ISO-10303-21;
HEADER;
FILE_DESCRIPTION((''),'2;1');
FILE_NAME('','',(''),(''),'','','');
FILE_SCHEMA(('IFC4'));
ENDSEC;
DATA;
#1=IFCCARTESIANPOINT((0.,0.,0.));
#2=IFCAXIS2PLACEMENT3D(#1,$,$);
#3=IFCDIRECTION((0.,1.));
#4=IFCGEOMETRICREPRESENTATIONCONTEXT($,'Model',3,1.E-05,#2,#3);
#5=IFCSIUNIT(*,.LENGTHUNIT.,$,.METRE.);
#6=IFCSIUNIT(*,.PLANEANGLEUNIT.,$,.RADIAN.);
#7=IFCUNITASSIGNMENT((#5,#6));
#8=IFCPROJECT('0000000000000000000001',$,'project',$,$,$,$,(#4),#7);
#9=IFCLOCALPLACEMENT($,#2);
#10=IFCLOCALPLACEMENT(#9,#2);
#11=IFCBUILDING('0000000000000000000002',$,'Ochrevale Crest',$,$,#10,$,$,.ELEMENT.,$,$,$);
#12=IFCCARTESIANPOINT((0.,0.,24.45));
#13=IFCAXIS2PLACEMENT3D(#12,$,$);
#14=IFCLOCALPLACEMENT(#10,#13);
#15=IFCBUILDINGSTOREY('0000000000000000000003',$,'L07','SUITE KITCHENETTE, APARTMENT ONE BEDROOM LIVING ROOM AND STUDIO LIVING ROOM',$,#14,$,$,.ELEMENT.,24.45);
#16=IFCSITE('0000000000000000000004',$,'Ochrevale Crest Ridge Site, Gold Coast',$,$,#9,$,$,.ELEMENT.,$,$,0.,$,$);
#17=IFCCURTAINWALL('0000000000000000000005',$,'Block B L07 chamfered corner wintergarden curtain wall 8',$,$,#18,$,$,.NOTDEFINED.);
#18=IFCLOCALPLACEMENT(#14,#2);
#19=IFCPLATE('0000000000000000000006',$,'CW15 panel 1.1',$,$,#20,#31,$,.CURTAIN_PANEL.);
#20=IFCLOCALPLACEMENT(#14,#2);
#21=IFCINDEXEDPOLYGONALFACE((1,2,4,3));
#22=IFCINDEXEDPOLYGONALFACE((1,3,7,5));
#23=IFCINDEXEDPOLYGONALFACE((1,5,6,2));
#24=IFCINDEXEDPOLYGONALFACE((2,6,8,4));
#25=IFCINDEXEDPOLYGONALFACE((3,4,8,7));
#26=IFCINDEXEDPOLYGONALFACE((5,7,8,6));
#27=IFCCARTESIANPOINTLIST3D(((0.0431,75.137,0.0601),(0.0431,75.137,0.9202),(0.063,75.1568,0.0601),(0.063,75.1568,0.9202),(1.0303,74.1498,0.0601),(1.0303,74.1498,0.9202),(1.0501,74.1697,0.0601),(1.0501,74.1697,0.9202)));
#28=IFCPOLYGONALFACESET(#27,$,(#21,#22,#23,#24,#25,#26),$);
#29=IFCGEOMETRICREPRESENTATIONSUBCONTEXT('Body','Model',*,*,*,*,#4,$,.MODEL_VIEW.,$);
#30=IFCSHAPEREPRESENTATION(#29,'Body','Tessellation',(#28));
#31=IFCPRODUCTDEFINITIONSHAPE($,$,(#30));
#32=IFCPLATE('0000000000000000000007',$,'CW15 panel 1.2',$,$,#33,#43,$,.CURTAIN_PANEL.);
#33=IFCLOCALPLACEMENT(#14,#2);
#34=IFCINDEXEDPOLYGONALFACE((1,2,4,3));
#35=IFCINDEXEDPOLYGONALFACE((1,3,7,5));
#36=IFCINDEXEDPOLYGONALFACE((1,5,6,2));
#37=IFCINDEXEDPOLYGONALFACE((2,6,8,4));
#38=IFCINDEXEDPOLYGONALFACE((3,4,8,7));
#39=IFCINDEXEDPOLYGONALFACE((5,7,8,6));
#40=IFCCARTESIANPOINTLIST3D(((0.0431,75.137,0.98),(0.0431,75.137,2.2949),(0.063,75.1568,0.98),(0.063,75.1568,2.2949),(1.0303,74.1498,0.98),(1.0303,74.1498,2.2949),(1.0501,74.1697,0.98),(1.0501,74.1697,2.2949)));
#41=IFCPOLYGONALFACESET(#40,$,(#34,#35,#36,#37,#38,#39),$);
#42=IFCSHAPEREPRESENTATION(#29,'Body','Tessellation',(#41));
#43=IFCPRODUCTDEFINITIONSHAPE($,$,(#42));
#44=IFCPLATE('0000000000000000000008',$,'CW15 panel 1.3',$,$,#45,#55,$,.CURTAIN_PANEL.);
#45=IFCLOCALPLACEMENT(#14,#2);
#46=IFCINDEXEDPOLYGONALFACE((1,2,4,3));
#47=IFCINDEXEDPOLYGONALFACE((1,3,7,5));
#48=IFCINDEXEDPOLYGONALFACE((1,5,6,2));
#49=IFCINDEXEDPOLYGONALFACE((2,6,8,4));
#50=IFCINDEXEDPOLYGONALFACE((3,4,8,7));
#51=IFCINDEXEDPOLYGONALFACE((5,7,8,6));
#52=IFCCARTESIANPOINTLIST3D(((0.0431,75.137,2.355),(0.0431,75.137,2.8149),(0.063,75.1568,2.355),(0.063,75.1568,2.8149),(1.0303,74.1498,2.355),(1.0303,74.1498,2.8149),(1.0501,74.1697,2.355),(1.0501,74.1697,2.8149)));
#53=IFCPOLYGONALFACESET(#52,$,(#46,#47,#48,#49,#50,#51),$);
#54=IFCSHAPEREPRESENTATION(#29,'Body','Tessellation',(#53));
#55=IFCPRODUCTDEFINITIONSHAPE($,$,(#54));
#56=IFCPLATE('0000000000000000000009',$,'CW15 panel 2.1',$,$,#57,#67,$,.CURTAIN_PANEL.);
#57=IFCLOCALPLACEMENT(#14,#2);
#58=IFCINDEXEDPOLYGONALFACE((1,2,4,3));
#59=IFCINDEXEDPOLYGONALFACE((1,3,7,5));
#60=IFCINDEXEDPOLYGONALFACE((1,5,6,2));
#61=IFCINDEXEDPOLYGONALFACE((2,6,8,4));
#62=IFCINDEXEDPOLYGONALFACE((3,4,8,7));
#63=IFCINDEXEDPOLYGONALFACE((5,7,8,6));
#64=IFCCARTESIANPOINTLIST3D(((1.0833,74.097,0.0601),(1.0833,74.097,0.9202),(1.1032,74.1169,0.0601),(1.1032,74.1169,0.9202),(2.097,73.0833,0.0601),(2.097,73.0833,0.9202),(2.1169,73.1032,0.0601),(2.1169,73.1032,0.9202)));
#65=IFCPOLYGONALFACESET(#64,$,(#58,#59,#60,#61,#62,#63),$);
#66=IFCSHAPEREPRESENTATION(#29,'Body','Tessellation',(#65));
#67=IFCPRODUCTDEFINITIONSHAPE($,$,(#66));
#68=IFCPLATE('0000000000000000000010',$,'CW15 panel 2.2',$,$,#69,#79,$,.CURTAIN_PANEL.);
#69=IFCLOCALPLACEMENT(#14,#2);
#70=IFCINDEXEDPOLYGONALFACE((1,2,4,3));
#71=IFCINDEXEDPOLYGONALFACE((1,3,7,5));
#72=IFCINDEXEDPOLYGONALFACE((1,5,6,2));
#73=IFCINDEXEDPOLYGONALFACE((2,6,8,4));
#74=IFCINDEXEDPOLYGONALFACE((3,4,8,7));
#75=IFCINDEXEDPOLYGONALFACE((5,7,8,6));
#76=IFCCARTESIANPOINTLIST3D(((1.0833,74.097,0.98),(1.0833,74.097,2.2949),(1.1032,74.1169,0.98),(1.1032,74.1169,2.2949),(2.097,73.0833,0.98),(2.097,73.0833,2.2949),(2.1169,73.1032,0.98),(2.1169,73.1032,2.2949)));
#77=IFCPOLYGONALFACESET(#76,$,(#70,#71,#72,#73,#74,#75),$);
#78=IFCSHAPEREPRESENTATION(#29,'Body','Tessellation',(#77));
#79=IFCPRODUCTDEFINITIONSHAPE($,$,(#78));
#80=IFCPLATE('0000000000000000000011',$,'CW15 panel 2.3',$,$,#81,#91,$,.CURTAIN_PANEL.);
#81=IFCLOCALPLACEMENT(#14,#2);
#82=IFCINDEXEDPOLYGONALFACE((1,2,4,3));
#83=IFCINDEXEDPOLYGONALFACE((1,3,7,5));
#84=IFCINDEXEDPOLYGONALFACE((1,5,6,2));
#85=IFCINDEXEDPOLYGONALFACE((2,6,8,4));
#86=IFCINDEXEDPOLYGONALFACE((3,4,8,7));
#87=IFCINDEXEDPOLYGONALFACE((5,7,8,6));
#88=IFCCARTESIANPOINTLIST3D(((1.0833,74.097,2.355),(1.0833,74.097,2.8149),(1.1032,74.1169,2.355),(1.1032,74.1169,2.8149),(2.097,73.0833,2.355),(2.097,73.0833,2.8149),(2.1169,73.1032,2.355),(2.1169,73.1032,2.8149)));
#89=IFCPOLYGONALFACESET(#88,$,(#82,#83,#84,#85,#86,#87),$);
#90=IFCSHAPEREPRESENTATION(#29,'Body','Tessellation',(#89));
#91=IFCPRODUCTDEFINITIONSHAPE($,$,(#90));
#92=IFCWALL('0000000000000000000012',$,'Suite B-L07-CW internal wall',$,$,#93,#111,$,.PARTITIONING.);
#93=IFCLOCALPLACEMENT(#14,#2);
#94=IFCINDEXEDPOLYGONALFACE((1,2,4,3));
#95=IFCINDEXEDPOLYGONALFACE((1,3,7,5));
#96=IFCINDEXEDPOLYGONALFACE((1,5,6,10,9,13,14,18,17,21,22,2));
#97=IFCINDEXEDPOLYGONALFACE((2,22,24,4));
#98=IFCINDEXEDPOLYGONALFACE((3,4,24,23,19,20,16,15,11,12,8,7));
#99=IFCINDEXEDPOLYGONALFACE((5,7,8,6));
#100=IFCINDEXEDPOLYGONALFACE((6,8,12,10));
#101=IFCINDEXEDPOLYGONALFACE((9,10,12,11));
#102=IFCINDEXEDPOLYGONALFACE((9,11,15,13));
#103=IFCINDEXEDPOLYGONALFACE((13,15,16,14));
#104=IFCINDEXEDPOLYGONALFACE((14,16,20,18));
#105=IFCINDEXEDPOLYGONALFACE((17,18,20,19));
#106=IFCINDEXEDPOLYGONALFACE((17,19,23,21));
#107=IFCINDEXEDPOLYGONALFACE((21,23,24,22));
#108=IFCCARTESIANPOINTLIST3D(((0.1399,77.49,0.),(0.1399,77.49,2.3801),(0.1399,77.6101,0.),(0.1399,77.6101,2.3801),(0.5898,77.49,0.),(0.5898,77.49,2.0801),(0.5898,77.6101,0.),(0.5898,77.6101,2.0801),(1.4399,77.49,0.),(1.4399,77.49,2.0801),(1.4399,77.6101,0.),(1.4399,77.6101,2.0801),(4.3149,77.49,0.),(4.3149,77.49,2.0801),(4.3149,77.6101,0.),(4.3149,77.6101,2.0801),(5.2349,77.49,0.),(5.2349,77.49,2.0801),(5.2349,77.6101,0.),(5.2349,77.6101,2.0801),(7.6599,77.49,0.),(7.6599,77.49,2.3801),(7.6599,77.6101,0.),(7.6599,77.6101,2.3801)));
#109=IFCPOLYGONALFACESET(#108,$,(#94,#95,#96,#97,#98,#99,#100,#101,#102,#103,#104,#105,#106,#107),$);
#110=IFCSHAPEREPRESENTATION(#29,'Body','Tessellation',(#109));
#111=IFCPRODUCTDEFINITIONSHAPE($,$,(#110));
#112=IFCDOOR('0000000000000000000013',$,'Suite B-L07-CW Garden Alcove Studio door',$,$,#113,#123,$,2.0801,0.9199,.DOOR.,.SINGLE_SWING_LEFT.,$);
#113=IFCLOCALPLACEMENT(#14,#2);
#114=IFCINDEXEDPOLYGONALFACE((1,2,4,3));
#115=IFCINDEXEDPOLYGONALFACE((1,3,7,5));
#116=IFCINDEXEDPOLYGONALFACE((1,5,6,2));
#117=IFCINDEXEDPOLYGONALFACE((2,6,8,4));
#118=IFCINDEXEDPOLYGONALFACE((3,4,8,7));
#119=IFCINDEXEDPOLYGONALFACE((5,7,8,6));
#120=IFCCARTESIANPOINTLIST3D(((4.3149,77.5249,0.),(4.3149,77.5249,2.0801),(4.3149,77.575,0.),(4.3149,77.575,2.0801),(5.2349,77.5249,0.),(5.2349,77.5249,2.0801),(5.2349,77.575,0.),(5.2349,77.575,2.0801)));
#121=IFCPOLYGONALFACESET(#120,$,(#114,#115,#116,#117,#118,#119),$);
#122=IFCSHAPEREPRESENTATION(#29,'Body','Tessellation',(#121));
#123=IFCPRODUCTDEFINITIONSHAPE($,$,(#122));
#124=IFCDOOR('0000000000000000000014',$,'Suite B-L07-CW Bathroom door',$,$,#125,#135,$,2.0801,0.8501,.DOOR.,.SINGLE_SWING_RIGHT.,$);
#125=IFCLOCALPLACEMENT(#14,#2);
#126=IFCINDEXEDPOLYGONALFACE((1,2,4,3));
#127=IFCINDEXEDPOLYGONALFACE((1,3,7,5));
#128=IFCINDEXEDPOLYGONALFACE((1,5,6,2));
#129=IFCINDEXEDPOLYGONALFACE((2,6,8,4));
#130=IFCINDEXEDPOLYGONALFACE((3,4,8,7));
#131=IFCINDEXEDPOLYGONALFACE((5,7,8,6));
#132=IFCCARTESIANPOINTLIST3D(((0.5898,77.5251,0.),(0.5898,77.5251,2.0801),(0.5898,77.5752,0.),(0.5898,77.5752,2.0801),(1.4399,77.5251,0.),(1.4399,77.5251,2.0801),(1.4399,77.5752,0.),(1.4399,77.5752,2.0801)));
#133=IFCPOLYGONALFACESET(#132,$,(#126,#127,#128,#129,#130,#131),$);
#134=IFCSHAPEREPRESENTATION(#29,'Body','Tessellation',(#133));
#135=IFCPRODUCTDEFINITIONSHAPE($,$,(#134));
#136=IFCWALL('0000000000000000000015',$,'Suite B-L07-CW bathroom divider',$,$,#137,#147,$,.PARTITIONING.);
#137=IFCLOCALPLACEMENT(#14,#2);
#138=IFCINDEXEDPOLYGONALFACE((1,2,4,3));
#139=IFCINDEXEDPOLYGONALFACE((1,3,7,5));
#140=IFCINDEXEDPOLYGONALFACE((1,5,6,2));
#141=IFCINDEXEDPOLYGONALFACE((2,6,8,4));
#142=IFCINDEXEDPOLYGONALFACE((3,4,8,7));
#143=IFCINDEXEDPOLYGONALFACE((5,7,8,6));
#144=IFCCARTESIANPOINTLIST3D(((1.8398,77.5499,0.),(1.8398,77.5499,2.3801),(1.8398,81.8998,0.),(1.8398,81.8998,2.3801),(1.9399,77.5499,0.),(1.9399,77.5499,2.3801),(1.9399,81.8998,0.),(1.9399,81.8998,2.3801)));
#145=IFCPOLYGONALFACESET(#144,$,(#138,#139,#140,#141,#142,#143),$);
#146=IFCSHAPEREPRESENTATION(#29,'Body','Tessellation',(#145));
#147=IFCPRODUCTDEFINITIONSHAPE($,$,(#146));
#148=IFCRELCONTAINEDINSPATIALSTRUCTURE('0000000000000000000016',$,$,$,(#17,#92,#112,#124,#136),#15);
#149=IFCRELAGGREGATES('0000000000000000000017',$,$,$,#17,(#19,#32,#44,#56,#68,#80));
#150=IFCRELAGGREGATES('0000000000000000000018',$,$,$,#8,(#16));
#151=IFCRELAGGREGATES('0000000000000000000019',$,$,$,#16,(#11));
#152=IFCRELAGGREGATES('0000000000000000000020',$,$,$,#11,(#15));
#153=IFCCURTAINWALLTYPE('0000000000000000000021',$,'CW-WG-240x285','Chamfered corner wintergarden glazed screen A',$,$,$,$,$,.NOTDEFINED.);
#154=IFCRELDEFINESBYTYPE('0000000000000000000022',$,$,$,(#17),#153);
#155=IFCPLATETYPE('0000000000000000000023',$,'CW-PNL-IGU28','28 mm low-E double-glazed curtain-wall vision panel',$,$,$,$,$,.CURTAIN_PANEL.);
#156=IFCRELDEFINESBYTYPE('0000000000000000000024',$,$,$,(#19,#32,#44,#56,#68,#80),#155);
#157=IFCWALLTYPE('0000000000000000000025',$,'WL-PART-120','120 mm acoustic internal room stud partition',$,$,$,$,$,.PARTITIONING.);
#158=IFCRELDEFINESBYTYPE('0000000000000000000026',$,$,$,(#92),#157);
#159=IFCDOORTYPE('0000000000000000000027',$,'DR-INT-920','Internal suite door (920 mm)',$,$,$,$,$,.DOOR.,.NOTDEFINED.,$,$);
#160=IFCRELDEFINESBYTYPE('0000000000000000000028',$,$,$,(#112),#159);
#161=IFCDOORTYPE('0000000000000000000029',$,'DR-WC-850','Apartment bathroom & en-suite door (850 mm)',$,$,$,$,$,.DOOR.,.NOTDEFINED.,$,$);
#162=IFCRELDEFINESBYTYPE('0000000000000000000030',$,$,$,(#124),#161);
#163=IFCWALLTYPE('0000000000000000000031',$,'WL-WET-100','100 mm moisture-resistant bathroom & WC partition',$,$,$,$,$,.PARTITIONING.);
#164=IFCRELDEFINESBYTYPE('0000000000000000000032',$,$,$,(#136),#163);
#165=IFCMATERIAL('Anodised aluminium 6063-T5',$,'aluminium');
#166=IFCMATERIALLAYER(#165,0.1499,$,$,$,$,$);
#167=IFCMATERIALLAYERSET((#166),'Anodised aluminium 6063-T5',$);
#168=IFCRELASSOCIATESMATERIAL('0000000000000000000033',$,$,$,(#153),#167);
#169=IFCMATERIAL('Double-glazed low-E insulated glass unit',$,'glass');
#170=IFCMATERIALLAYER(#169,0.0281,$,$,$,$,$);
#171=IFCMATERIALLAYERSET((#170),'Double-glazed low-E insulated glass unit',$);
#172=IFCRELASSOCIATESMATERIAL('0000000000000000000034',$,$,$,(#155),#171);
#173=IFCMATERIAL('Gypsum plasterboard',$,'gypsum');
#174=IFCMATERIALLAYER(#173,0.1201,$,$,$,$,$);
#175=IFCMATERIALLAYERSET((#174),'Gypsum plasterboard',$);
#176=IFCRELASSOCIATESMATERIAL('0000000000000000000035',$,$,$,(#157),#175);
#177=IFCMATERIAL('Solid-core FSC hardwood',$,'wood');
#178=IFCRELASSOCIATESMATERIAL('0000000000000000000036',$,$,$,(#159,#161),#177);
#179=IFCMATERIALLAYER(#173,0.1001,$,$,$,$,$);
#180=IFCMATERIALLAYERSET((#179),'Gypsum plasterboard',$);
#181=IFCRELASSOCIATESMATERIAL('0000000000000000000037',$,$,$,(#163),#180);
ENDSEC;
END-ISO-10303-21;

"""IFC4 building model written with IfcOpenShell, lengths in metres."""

from ifc_helpers import new_model, si_unit, direction, frame, frame_2d, origin, origin_2d, place, context, subcontext, project, spatial, rectangle, extrude, material, layer, layer_set, type_object, element, fill, aggregate, save


model = new_model("IFC4")

# Units and contexts
model_context = context("Model", 3, precision=1e-05, world=origin(), true_north=direction((0.0, 1.0)))
body_context = subcontext(model_context, "Body", "Model", "MODEL_VIEW")
ifc_project = project(units=[si_unit("LENGTHUNIT", "METRE"), si_unit("PLANEANGLEUNIT", "RADIAN")], contexts=[model_context])

# Site, building, storey
site_placement = place(None, origin())
site = spatial("IfcSite", under=ifc_project, at=site_placement, Name="Ochrevale Crest Ridge Site, Gold Coast", CompositionType="ELEMENT", RefElevation=0.0)
building_placement = place(site_placement, origin())
building = spatial("IfcBuilding", under=site, at=building_placement, Name="Ochrevale Crest", CompositionType="ELEMENT")
storey_placement = place(building_placement, frame((0.0, 0.0, 24.45)))
storey = spatial("IfcBuildingStorey", under=building, at=storey_placement, Name="L07", Description="SUITE KITCHENETTE, APARTMENT ONE BEDROOM LIVING ROOM AND STUDIO LIVING ROOM", CompositionType="ELEMENT", Elevation=24.45)

# Curtain wall, plates
ifc_material_1 = material(Name="Anodised aluminium 6063-T5", Category="aluminium")
ifc_layer_1 = layer(ifc_material_1, 0.1499)
ifc_layer_set_1 = layer_set([ifc_layer_1], Name="Anodised aluminium 6063-T5")
curtain_wall_type = type_object("IfcCurtainWallType", Name="CW-WG-240x285", Description="Chamfered corner wintergarden glazed screen A", PredefinedType="NOTDEFINED", material=ifc_layer_set_1)
curtain_wall_placement = place(storey_placement, origin())
curtain_wall = element("IfcCurtainWall", 1, at=curtain_wall_placement, inside=storey, type_object=curtain_wall_type, Name="Block B L07 chamfered corner wintergarden curtain wall 8", PredefinedType="NOTDEFINED")
ifc_material_2 = material(Name="Double-glazed low-E insulated glass unit", Category="glass")
ifc_layer_2 = layer(ifc_material_2, 0.0281)
ifc_layer_set_2 = layer_set([ifc_layer_2], Name="Double-glazed low-E insulated glass unit")
plate_type = type_object("IfcPlateType", Name="CW-PNL-IGU28", Description="28 mm low-E double-glazed curtain-wall vision panel", PredefinedType="CURTAIN_PANEL", material=ifc_layer_set_2)
plate_1_placement = place(storey_placement, frame((0.5466, 74.6533, 0.0601), z_axis=(0.0, 0.0, 1.0), x_axis=(0.707107, -0.707107, 0.0)))
plate_1 = element("IfcPlate", 2, at=plate_1_placement, type_object=plate_type, Name="CW15 panel 1.1", PredefinedType="CURTAIN_PANEL", context=body_context, shape_type="SweptSolid", body=[
    extrude(rectangle(XDim=1.396, YDim=0.0281, at=origin_2d()), origin(), (0.0, 0.0, 1.0), 0.8601),
])
plate_2_placement = place(storey_placement, frame((0.5466, 74.6533, 0.98), z_axis=(0.0, 0.0, 1.0), x_axis=(0.707107, -0.707107, 0.0)))
plate_2 = element("IfcPlate", 3, at=plate_2_placement, type_object=plate_type, Name="CW15 panel 1.2", PredefinedType="CURTAIN_PANEL", context=body_context, shape_type="SweptSolid", body=[
    extrude(rectangle(XDim=1.396, YDim=0.0281, at=origin_2d()), origin(), (0.0, 0.0, 1.0), 1.3149),
])
plate_3_placement = place(storey_placement, frame((0.5466, 74.6533, 2.355), z_axis=(0.0, 0.0, 1.0), x_axis=(0.707107, -0.707107, 0.0)))
plate_3 = element("IfcPlate", 4, at=plate_3_placement, type_object=plate_type, Name="CW15 panel 1.3", PredefinedType="CURTAIN_PANEL", context=body_context, shape_type="SweptSolid", body=[
    extrude(rectangle(XDim=1.396, YDim=0.0281, at=origin_2d()), origin(), (0.0, 0.0, 1.0), 0.46),
])
plate_4_placement = place(storey_placement, frame((1.6001, 73.6001, 0.0601), z_axis=(0.0, 0.0, 1.0), x_axis=(0.707107, -0.707107, 0.0)))
plate_4 = element("IfcPlate", 5, at=plate_4_placement, type_object=plate_type, Name="CW15 panel 2.1", PredefinedType="CURTAIN_PANEL", context=body_context, shape_type="SweptSolid", body=[
    extrude(rectangle(XDim=1.4336, YDim=0.0281, at=origin_2d()), origin(), (0.0, 0.0, 1.0), 0.8601),
])
plate_5_placement = place(storey_placement, frame((1.6001, 73.6001, 0.98), z_axis=(0.0, 0.0, 1.0), x_axis=(0.707107, -0.707107, 0.0)))
plate_5 = element("IfcPlate", 6, at=plate_5_placement, type_object=plate_type, Name="CW15 panel 2.2", PredefinedType="CURTAIN_PANEL", context=body_context, shape_type="SweptSolid", body=[
    extrude(rectangle(XDim=1.4336, YDim=0.0281, at=origin_2d()), origin(), (0.0, 0.0, 1.0), 1.3149),
])
plate_6_placement = place(storey_placement, frame((1.6001, 73.6001, 2.355), z_axis=(0.0, 0.0, 1.0), x_axis=(0.707107, -0.707107, 0.0)))
plate_6 = element("IfcPlate", 7, at=plate_6_placement, type_object=plate_type, Name="CW15 panel 2.3", PredefinedType="CURTAIN_PANEL", context=body_context, shape_type="SweptSolid", body=[
    extrude(rectangle(XDim=1.4336, YDim=0.0281, at=origin_2d()), origin(), (0.0, 0.0, 1.0), 0.46),
])
aggregate(curtain_wall, [plate_1, plate_2, plate_3, plate_4, plate_5, plate_6])

# Wall, openings, doors
ifc_material_3 = material(Name="Gypsum plasterboard", Category="gypsum")
ifc_layer_3 = layer(ifc_material_3, 0.1201)
ifc_layer_set_3 = layer_set([ifc_layer_3], Name="Gypsum plasterboard")
wall_type_1 = type_object("IfcWallType", Name="WL-PART-120", Description="120 mm acoustic internal room stud partition", PredefinedType="PARTITIONING", material=ifc_layer_set_3)
wall_1_placement = place(storey_placement, frame((0.1399, 77.55, 0.0), z_axis=(0.0, 0.0, 1.0), x_axis=(1.0, 0.0, 0.0)))
wall_1 = element("IfcWall", 8, at=wall_1_placement, inside=storey, type_object=wall_type_1, Name="Suite B-L07-CW internal wall", PredefinedType="PARTITIONING", context=body_context, shape_type="SweptSolid", body=[
    extrude(rectangle(XDim=7.52, YDim=0.1201, at=frame_2d((3.76, 0.0))), origin(), (0.0, 0.0, 1.0), 2.3801),
])
opening_1_placement = place(wall_1_placement, frame((1.3, 0.0, 0.0), z_axis=(0.0, 0.0, 1.0), x_axis=(-1.0, 0.0, 0.0)))
opening_1 = element("IfcOpeningElement", 9, at=opening_1_placement, cuts=wall_1, PredefinedType="OPENING", context=body_context, shape_type="SweptSolid", body=[
    extrude(rectangle(XDim=0.8501, YDim=2.0801, at=frame_2d((0.425, 1.04))), frame((0.0, 0.0701, 0.0), z_axis=(0.0, -1.0, 0.0), x_axis=(1.0, 0.0, 0.0)), (0.0, 0.0, 1.0), 0.1401),
])
opening_2_placement = place(wall_1_placement, frame((4.175, 0.0, 0.0)))
opening_2 = element("IfcOpeningElement", 10, at=opening_2_placement, cuts=wall_1, PredefinedType="OPENING", context=body_context, shape_type="SweptSolid", body=[
    extrude(rectangle(XDim=0.9199, YDim=2.0801, at=frame_2d((0.46, 1.04))), frame((0.0, 0.0701, 0.0), z_axis=(0.0, -1.0, 0.0), x_axis=(1.0, 0.0, 0.0)), (0.0, 0.0, 1.0), 0.1401),
])
ifc_material_4 = material(Name="Solid-core FSC hardwood", Category="wood")
door_type_1 = type_object("IfcDoorType", Name="DR-INT-920", Description="Internal suite door (920 mm)", OperationType="NOTDEFINED", PredefinedType="DOOR", material=ifc_material_4)
door_1_placement = place(opening_2_placement, origin())
door_1 = element("IfcDoor", 11, at=door_1_placement, inside=storey, type_object=door_type_1, Name="Suite B-L07-CW Garden Alcove Studio door", OperationType="SINGLE_SWING_LEFT", OverallHeight=2.0801, OverallWidth=0.9199, PredefinedType="DOOR", context=body_context, shape_type="SweptSolid", body=[
    extrude(rectangle(XDim=0.9199, YDim=2.0801, at=frame_2d((0.46, 1.04))), frame((0.0, 0.0249, 0.0), z_axis=(0.0, -1.0, 0.0), x_axis=(1.0, 0.0, 0.0)), (0.0, 0.0, 1.0), 0.05),
])
fill(opening_2, door_1)
door_type_2 = type_object("IfcDoorType", Name="DR-WC-850", Description="Apartment bathroom & en-suite door (850 mm)", OperationType="NOTDEFINED", PredefinedType="DOOR", material=ifc_material_4)
door_2_placement = place(opening_1_placement, origin())
door_2 = element("IfcDoor", 12, at=door_2_placement, inside=storey, type_object=door_type_2, Name="Suite B-L07-CW Bathroom door", OperationType="SINGLE_SWING_RIGHT", OverallHeight=2.0801, OverallWidth=0.8501, PredefinedType="DOOR", context=body_context, shape_type="SweptSolid", body=[
    extrude(rectangle(XDim=0.8501, YDim=2.0801, at=frame_2d((0.425, 1.04))), frame((0.0, 0.0249, 0.0), z_axis=(0.0, -1.0, 0.0), x_axis=(1.0, 0.0, 0.0)), (0.0, 0.0, 1.0), 0.05),
])
fill(opening_1, door_2)

# Wall
ifc_layer_4 = layer(ifc_material_3, 0.1001)
ifc_layer_set_4 = layer_set([ifc_layer_4], Name="Gypsum plasterboard")
wall_type_2 = type_object("IfcWallType", Name="WL-WET-100", Description="100 mm moisture-resistant bathroom & WC partition", PredefinedType="PARTITIONING", material=ifc_layer_set_4)
wall_2_placement = place(storey_placement, frame((1.8899, 77.55, 0.0), z_axis=(0.0, 0.0, 1.0), x_axis=(0.0, 1.0, 0.0)))
element("IfcWall", 13, at=wall_2_placement, inside=storey, type_object=wall_type_2, Name="Suite B-L07-CW bathroom divider", PredefinedType="PARTITIONING", context=body_context, shape_type="SweptSolid", body=[
    extrude(rectangle(XDim=4.3499, YDim=0.1001, at=frame_2d((2.1748, 0.0))), origin(), (0.0, 0.0, 1.0), 2.3801),
])

save(model, "model.ifc")
